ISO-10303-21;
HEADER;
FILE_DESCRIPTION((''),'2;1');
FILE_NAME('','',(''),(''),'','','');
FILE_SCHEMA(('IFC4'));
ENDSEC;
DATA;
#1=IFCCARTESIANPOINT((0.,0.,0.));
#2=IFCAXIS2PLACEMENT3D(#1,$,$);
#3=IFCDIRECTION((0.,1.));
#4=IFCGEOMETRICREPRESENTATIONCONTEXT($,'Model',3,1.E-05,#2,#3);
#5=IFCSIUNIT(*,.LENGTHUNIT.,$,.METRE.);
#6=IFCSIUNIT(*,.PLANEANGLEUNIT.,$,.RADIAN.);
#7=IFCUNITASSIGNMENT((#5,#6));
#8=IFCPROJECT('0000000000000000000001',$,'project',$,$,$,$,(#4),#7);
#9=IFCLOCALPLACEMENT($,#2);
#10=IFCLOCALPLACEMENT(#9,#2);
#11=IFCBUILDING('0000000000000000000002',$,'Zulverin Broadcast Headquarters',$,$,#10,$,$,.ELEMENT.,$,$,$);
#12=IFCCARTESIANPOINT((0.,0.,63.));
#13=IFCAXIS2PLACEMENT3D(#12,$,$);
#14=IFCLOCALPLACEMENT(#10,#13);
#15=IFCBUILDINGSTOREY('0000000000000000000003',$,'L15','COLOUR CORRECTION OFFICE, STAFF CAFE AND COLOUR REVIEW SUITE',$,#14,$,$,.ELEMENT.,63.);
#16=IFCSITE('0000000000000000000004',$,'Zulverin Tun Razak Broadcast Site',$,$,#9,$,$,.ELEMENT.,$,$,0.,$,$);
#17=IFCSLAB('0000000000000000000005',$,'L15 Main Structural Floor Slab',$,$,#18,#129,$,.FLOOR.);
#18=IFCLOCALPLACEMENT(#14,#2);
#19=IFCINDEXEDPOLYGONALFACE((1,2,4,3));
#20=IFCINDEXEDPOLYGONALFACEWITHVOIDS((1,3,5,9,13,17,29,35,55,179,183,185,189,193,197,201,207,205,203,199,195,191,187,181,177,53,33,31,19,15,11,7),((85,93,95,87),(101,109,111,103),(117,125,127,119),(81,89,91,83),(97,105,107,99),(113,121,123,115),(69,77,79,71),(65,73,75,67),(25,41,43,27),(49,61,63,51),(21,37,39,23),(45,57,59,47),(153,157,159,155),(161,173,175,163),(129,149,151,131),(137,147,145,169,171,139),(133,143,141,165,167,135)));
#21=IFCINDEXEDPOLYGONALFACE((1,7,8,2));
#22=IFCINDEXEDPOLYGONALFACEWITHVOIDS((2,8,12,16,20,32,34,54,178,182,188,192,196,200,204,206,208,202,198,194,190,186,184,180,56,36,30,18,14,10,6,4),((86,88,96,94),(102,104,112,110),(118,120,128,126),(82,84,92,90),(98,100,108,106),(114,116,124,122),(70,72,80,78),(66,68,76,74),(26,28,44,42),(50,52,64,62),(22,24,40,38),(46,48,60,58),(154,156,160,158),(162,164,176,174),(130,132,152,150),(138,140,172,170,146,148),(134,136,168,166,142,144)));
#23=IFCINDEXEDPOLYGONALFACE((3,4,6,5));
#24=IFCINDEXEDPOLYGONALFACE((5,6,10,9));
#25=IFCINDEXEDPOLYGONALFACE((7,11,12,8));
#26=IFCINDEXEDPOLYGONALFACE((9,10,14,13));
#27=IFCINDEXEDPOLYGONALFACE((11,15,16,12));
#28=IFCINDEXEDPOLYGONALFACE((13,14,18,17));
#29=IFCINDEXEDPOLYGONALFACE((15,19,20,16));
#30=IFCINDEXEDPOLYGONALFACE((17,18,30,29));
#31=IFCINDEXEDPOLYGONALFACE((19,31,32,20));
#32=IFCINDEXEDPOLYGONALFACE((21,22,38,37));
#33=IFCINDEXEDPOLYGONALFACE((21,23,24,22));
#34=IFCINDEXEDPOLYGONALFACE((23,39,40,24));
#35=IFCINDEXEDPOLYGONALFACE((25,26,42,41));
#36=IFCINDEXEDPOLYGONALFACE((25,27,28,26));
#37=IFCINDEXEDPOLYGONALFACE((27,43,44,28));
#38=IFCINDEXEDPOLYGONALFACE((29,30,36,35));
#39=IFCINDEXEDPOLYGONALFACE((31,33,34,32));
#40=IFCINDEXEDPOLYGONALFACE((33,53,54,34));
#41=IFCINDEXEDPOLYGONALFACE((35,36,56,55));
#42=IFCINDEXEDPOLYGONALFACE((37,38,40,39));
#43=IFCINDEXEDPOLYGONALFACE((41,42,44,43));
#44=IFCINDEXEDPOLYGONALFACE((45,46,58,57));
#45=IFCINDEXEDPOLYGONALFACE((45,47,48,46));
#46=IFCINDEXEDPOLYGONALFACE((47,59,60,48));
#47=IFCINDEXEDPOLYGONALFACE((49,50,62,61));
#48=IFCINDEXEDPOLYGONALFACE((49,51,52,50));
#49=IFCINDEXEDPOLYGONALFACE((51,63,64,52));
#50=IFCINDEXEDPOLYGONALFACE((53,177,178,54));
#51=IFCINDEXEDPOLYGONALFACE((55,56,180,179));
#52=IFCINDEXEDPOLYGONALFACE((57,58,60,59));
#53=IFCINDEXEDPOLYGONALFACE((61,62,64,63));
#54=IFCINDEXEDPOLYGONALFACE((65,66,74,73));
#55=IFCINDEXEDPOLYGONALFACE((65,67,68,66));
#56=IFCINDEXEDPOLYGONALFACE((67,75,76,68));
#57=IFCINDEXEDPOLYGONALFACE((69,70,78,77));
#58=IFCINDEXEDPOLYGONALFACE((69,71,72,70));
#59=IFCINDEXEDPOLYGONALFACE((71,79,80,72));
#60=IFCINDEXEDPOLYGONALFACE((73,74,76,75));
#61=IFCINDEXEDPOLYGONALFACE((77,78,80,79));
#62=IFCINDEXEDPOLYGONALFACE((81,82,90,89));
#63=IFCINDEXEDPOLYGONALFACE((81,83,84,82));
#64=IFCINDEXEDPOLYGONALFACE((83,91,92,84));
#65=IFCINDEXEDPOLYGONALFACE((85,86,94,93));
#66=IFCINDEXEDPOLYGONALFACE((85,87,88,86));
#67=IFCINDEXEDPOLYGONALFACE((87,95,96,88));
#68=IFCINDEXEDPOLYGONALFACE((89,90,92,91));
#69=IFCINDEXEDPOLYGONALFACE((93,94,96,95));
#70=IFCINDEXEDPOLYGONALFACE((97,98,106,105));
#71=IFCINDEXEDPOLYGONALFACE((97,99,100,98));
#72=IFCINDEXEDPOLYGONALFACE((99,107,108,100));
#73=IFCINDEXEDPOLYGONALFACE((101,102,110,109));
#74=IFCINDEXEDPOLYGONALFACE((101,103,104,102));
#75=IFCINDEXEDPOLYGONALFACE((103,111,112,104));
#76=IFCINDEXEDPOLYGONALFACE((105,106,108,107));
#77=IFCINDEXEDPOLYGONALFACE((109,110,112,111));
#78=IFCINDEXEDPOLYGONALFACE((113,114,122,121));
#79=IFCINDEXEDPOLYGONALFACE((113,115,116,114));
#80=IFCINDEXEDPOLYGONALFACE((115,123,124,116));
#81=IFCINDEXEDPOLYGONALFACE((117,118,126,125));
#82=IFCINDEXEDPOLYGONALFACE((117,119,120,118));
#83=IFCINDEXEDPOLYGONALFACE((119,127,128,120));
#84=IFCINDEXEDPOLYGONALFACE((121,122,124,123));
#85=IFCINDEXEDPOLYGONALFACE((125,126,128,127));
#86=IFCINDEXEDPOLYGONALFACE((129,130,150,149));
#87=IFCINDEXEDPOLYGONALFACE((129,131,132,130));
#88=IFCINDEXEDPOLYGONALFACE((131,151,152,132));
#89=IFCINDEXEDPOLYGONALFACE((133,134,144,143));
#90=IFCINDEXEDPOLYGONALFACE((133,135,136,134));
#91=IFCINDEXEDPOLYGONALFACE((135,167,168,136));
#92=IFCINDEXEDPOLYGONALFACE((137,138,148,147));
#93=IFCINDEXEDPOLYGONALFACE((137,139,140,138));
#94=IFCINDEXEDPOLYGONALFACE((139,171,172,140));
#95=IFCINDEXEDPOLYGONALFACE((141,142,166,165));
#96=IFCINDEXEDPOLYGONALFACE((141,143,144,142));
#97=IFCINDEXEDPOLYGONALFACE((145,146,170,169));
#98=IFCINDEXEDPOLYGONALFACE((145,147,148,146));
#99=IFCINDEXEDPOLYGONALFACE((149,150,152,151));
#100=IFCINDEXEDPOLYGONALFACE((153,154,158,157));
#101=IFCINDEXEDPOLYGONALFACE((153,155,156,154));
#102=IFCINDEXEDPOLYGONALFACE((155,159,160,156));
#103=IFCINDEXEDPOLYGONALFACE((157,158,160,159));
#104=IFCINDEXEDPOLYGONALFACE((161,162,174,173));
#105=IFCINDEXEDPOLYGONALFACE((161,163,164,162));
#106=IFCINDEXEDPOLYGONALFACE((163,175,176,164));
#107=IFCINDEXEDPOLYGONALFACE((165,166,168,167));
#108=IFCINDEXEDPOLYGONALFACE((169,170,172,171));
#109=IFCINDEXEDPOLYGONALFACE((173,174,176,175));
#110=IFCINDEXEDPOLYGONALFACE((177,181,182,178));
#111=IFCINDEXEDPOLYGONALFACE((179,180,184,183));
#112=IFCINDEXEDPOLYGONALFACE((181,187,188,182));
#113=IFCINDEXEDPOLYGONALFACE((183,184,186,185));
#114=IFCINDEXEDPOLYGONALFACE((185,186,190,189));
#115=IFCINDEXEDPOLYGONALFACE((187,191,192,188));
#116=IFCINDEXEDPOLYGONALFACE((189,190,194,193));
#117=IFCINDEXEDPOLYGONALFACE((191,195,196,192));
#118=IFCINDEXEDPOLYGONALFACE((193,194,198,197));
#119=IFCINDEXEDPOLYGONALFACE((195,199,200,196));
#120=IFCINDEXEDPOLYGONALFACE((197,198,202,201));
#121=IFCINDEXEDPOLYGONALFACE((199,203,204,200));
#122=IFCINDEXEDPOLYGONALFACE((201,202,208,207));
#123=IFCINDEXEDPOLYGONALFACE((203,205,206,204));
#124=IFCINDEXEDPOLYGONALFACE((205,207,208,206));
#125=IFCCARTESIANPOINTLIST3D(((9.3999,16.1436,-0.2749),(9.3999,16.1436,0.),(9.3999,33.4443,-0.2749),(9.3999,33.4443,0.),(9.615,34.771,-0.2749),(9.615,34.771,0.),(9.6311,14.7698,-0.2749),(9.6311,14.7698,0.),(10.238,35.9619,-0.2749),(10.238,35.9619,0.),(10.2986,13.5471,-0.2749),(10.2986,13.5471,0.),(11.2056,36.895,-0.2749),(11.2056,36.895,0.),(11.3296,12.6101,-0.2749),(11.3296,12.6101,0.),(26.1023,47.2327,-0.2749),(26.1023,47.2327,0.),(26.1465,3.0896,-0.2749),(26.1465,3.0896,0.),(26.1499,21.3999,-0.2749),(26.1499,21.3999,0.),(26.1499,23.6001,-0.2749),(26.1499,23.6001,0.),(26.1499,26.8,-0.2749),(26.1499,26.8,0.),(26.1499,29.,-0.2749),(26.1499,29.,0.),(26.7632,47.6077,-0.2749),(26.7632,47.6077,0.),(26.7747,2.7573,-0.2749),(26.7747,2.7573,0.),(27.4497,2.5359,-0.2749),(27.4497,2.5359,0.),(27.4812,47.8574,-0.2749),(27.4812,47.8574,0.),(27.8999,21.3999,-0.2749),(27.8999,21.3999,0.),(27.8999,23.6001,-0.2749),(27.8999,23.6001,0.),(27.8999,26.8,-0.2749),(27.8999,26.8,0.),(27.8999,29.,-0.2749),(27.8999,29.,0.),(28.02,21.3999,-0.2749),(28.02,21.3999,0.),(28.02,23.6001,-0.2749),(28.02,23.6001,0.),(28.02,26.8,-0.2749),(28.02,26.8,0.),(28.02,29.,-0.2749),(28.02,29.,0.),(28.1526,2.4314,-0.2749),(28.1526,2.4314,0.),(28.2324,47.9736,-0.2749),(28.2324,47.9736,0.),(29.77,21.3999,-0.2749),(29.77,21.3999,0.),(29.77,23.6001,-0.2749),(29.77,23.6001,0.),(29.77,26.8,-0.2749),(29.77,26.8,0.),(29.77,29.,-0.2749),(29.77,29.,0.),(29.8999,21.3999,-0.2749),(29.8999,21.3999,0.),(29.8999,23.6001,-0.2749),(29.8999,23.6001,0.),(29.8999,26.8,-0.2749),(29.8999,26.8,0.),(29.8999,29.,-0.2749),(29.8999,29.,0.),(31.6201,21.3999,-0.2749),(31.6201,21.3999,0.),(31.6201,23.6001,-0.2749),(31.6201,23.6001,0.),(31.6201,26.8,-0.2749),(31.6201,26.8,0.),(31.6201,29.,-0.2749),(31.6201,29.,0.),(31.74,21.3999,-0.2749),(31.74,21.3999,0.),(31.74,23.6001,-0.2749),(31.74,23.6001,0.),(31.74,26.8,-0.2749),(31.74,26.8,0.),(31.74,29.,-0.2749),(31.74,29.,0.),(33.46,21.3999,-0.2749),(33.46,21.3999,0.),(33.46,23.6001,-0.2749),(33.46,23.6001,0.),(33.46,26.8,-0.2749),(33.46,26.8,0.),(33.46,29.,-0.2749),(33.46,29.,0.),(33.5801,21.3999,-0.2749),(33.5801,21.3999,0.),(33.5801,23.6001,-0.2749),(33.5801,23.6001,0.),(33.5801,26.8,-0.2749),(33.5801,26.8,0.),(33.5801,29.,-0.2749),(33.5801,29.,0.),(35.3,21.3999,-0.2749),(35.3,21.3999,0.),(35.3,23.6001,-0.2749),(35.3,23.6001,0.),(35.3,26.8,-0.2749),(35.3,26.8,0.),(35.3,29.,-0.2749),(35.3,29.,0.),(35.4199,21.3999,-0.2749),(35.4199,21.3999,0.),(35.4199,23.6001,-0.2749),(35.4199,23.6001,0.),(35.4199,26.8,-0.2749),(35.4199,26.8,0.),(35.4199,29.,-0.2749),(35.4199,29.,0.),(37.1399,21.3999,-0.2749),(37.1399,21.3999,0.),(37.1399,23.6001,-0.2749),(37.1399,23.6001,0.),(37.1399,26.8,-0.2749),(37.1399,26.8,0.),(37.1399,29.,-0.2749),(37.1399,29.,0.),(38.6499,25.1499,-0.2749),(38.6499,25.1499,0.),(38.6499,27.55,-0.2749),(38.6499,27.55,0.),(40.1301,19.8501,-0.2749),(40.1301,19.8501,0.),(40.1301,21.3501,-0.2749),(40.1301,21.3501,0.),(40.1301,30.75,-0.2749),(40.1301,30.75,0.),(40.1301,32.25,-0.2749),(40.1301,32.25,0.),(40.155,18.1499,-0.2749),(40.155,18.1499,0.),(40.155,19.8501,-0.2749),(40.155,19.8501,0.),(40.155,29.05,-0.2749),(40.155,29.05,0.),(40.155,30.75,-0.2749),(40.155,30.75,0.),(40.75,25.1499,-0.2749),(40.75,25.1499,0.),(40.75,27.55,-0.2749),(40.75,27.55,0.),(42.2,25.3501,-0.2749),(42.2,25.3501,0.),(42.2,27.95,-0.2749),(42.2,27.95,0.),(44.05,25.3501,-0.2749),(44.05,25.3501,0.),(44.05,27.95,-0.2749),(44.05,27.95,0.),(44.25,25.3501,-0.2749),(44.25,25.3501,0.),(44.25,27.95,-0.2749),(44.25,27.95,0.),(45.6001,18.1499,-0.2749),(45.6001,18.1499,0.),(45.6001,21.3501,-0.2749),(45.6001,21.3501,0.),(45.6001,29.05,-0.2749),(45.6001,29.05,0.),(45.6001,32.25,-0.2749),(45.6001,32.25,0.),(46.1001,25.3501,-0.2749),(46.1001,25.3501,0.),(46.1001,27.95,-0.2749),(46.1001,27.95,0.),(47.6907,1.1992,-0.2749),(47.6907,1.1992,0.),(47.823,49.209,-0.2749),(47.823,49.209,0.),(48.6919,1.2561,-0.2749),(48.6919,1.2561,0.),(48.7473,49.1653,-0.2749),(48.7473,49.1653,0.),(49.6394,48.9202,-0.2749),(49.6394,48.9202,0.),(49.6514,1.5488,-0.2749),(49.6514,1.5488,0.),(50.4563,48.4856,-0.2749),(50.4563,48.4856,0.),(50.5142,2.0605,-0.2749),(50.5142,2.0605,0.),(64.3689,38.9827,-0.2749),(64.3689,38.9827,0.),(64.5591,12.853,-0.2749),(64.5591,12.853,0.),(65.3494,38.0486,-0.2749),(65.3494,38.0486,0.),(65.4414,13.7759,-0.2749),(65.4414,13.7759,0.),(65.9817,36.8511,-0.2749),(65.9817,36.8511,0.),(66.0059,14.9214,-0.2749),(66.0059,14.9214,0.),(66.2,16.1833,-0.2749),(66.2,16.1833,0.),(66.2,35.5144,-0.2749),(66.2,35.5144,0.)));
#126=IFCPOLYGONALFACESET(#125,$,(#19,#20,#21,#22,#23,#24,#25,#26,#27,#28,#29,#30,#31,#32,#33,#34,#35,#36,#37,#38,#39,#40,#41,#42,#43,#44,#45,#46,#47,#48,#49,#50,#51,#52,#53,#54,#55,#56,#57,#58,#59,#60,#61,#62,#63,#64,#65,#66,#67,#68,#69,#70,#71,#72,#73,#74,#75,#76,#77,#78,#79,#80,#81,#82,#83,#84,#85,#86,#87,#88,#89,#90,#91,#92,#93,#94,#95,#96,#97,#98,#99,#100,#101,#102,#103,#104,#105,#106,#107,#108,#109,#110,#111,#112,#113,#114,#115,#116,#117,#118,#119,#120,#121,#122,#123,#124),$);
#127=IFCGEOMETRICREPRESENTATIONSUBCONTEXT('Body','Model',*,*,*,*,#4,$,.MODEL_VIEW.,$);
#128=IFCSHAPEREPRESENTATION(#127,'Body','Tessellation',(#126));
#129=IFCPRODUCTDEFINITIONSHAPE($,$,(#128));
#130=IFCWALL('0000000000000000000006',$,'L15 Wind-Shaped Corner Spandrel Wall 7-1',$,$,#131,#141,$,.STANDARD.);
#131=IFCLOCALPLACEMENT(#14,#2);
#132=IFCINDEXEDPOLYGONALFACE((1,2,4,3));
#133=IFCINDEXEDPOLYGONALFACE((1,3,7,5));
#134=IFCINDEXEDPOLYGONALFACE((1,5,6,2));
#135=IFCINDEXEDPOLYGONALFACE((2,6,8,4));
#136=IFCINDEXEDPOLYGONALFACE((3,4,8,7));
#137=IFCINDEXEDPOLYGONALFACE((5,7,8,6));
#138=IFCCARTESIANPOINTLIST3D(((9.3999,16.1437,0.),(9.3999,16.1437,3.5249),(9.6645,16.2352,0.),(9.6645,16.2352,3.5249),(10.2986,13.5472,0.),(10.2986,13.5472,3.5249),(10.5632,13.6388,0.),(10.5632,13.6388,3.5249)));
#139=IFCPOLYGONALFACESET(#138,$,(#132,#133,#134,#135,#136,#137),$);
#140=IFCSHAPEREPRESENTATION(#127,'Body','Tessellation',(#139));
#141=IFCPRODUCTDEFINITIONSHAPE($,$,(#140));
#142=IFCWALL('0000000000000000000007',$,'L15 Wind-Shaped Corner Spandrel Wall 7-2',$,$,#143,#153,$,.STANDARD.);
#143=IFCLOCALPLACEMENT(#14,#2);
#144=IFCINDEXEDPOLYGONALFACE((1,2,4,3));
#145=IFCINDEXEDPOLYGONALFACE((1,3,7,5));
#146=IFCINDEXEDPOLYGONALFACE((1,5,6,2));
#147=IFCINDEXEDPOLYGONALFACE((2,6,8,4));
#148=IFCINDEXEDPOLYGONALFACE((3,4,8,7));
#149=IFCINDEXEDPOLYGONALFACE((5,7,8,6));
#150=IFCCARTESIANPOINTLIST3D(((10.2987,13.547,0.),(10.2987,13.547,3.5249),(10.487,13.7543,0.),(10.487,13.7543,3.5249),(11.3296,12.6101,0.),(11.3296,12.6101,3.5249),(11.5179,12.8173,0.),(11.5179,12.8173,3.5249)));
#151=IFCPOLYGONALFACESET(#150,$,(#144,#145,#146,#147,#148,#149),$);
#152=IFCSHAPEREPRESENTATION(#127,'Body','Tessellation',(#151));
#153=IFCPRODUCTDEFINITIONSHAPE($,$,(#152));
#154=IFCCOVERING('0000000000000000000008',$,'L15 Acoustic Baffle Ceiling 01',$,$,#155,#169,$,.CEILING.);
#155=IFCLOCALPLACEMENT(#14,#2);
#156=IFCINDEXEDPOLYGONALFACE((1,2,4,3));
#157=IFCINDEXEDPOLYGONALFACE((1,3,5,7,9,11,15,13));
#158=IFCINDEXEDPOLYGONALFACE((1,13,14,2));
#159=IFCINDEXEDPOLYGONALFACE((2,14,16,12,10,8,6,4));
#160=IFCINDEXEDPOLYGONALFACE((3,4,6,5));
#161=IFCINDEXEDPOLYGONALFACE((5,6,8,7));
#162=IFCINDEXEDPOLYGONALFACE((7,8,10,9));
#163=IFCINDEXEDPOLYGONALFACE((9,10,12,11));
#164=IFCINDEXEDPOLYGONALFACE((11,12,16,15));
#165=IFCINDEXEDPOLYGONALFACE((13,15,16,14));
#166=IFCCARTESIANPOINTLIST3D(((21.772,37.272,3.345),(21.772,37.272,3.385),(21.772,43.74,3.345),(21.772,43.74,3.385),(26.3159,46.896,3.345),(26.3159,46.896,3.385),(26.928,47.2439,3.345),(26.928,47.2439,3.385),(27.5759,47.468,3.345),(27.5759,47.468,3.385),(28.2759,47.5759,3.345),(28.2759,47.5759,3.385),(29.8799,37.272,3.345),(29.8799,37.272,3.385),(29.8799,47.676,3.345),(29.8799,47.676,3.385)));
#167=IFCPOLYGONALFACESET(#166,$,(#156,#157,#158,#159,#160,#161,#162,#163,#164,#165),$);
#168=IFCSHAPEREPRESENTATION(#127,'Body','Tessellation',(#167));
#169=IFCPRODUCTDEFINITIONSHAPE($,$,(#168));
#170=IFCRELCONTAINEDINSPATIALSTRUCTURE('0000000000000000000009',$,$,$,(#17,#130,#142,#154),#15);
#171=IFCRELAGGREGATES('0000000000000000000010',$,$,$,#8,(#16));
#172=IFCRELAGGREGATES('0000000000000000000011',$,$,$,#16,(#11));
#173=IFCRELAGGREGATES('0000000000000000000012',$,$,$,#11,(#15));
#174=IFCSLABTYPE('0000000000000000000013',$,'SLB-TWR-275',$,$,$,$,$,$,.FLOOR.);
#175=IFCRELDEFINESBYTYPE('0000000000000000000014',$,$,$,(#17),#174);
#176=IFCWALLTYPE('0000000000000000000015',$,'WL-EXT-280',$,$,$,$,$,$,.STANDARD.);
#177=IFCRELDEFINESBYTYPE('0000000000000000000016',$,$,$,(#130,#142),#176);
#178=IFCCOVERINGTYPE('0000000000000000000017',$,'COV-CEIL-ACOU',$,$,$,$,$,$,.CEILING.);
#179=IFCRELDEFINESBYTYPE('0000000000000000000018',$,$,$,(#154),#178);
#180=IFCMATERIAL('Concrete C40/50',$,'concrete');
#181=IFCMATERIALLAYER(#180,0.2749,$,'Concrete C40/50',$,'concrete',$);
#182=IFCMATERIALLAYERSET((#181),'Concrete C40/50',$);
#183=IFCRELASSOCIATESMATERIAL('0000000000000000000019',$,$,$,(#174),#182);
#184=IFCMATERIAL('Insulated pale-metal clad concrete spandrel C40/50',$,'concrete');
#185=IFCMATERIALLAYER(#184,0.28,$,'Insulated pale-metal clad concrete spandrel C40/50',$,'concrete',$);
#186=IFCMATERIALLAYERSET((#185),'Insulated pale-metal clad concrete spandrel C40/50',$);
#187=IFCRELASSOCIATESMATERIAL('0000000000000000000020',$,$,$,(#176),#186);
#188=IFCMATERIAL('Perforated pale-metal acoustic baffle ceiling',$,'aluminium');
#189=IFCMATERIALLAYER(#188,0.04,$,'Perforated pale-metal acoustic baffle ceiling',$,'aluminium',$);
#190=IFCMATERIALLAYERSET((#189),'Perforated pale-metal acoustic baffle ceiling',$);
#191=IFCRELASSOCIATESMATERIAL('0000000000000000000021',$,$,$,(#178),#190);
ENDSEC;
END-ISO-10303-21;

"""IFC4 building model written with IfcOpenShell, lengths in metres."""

from ifc_helpers import new_model, si_unit, direction, frame, frame_2d, origin, place, context, subcontext, project, spatial, polyline, rectangle, outline, extrude, material, layer, layer_set, type_object, element, save


model = new_model("IFC4")

# Units and contexts
model_context = context("Model", 3, precision=1e-05, world=origin(), true_north=direction((0.0, 1.0)))
body_context = subcontext(model_context, "Body", "Model", "MODEL_VIEW")
ifc_project = project(units=[si_unit("LENGTHUNIT", "METRE"), si_unit("PLANEANGLEUNIT", "RADIAN")], contexts=[model_context])

# Site, building, storey
site_placement = place(None, origin())
site = spatial("IfcSite", under=ifc_project, at=site_placement, Name="Zulverin Tun Razak Broadcast Site", CompositionType="ELEMENT", RefElevation=0.0)
building_placement = place(site_placement, origin())
building = spatial("IfcBuilding", under=site, at=building_placement, Name="Zulverin Broadcast Headquarters", CompositionType="ELEMENT")
storey_placement = place(building_placement, frame((0.0, 0.0, 63.0)))
storey = spatial("IfcBuildingStorey", under=building, at=storey_placement, Name="L15", Description="COLOUR CORRECTION OFFICE, STAFF CAFE AND COLOUR REVIEW SUITE", CompositionType="ELEMENT", Elevation=63.0)

# Shared definitions
ifc_material_1 = material(Name="Concrete C40/50", Category="concrete")

# Slab
ifc_layer_1 = layer(ifc_material_1, 0.2749, Name="Concrete C40/50", Category="concrete")
ifc_layer_set_1 = layer_set([ifc_layer_1], Name="Concrete C40/50")
slab_type_1 = type_object("IfcSlabType", Name="SLB-TWR-275", PredefinedType="FLOOR", material=ifc_layer_set_1)
slab_1_placement = place(storey_placement, frame((0.0, 0.0, -0.2749)))
element("IfcSlab", 1, at=slab_1_placement, inside=storey, type_object=slab_type_1, Name="L15 Main Structural Floor Slab", PredefinedType="FLOOR", context=body_context, shape_type="SweptSolid", body=[
    extrude(outline(polyline([(26.1465, 3.0896), (26.7747, 2.7573), (27.4497, 2.5359), (28.1526, 2.4314), (47.6907, 1.1992), (48.6919, 1.2561), (49.6514, 1.5488), (50.5142, 2.0605), (64.5591, 12.853), (65.4414, 13.7759), (66.0059, 14.9214), (66.2, 16.1833), (66.2, 35.5144), (65.9817, 36.8511), (65.3494, 38.0486), (64.3689, 38.9827), (50.4563, 48.4856), (49.6394, 48.9202), (48.7473, 49.1653), (47.823, 49.209), (28.2324, 47.9736), (27.4812, 47.8574), (26.7632, 47.6077), (26.1023, 47.2327), (11.2056, 36.895), (10.238, 35.9619), (9.615, 34.771), (9.3999, 33.4443), (9.3999, 16.1436), (9.6311, 14.7698), (10.2986, 13.5471), (11.3296, 12.6101), (26.1465, 3.0896)]), holes=[polyline([(40.155, 30.75), (40.1301, 30.75), (40.1301, 32.25), (45.6001, 32.25), (45.6001, 29.05), (40.155, 29.05), (40.155, 30.75)]), polyline([(40.155, 19.8501), (40.1301, 19.8501), (40.1301, 21.3501), (45.6001, 21.3501), (45.6001, 18.1499), (40.155, 18.1499), (40.155, 19.8501)]), polyline([(26.1499, 26.8), (27.8999, 26.8), (27.8999, 29.0), (26.1499, 29.0), (26.1499, 26.8)]), polyline([(28.02, 26.8), (29.77, 26.8), (29.77, 29.0), (28.02, 29.0), (28.02, 26.8)]), polyline([(26.1499, 21.3999), (27.8999, 21.3999), (27.8999, 23.6001), (26.1499, 23.6001), (26.1499, 21.3999)]), polyline([(28.02, 21.3999), (29.77, 21.3999), (29.77, 23.6001), (28.02, 23.6001), (28.02, 21.3999)]), polyline([(29.8999, 21.3999), (31.6201, 21.3999), (31.6201, 23.6001), (29.8999, 23.6001), (29.8999, 21.3999)]), polyline([(31.74, 21.3999), (33.46, 21.3999), (33.46, 23.6001), (31.74, 23.6001), (31.74, 21.3999)]), polyline([(33.5801, 21.3999), (35.3, 21.3999), (35.3, 23.6001), (33.5801, 23.6001), (33.5801, 21.3999)]), polyline([(35.4199, 21.3999), (37.1399, 21.3999), (37.1399, 23.6001), (35.4199, 23.6001), (35.4199, 21.3999)]), polyline([(29.8999, 26.8), (31.6201, 26.8), (31.6201, 29.0), (29.8999, 29.0), (29.8999, 26.8)]), polyline([(31.74, 26.8), (33.46, 26.8), (33.46, 29.0), (31.74, 29.0), (31.74, 26.8)]), polyline([(33.5801, 26.8), (35.3, 26.8), (35.3, 29.0), (33.5801, 29.0), (33.5801, 26.8)]), polyline([(35.4199, 26.8), (37.1399, 26.8), (37.1399, 29.0), (35.4199, 29.0), (35.4199, 26.8)]), polyline([(42.2, 25.3501), (44.05, 25.3501), (44.05, 27.95), (42.2, 27.95), (42.2, 25.3501)]), polyline([(44.25, 25.3501), (46.1001, 25.3501), (46.1001, 27.95), (44.25, 27.95), (44.25, 25.3501)]), polyline([(38.6499, 25.1499), (40.75, 25.1499), (40.75, 27.55), (38.6499, 27.55), (38.6499, 25.1499)])]), origin(), (0.0, 0.0, 1.0), 0.2749),
])

# Walls
ifc_material_2 = material(Name="Insulated pale-metal clad concrete spandrel C40/50", Category="concrete")
ifc_layer_2 = layer(ifc_material_2, 0.28, Name="Insulated pale-metal clad concrete spandrel C40/50", Category="concrete")
ifc_layer_set_2 = layer_set([ifc_layer_2], Name="Insulated pale-metal clad concrete spandrel C40/50")
wall_type = type_object("IfcWallType", Name="WL-EXT-280", PredefinedType="STANDARD", material=ifc_layer_set_2)
wall_1_placement = place(storey_placement, frame((9.5322, 16.1895, 0.0), z_axis=(0.0, 0.0, 1.0), x_axis=(0.327083, -0.944996, 0.0)))
element("IfcWall", 2, at=wall_1_placement, inside=storey, type_object=wall_type, Name="L15 Wind-Shaped Corner Spandrel Wall 7-1", PredefinedType="STANDARD", context=body_context, shape_type="SweptSolid", body=[
    extrude(rectangle(XDim=2.7476, YDim=0.28, at=frame_2d((1.3738, 0.0))), origin(), (0.0, 0.0, 1.0), 3.5249),
])
wall_2_placement = place(storey_placement, frame((10.3928, 13.6506, 0.0), z_axis=(0.0, 0.0, 1.0), x_axis=(0.740035, -0.672568, 0.0)))
element("IfcWall", 3, at=wall_2_placement, inside=storey, type_object=wall_type, Name="L15 Wind-Shaped Corner Spandrel Wall 7-2", PredefinedType="STANDARD", context=body_context, shape_type="SweptSolid", body=[
    extrude(rectangle(XDim=1.3931, YDim=0.28, at=frame_2d((0.6965, 0.0))), origin(), (0.0, 0.0, 1.0), 3.5249),
])

# Covering
ifc_material_3 = material(Name="Perforated pale-metal acoustic baffle ceiling", Category="aluminium")
ifc_layer_3 = layer(ifc_material_3, 0.04, Name="Perforated pale-metal acoustic baffle ceiling", Category="aluminium")
ifc_layer_set_3 = layer_set([ifc_layer_3], Name="Perforated pale-metal acoustic baffle ceiling")
covering_type_1 = type_object("IfcCoveringType", Name="COV-CEIL-ACOU", PredefinedType="CEILING", material=ifc_layer_set_3)
covering_1_placement = place(storey_placement, frame((0.0, 0.0, 3.345)))
element("IfcCovering", 4, at=covering_1_placement, inside=storey, type_object=covering_type_1, Name="L15 Acoustic Baffle Ceiling 01", PredefinedType="CEILING", context=body_context, shape_type="SweptSolid", body=[
    extrude(outline(polyline([(29.8799, 37.272), (29.8799, 47.676), (28.2759, 47.5759), (27.5759, 47.468), (26.928, 47.2439), (26.3159, 46.896), (21.772, 43.74), (21.772, 37.272), (29.8799, 37.272)])), origin(), (0.0, 0.0, 1.0), 0.04),
])

save(model, "model.ifc")
